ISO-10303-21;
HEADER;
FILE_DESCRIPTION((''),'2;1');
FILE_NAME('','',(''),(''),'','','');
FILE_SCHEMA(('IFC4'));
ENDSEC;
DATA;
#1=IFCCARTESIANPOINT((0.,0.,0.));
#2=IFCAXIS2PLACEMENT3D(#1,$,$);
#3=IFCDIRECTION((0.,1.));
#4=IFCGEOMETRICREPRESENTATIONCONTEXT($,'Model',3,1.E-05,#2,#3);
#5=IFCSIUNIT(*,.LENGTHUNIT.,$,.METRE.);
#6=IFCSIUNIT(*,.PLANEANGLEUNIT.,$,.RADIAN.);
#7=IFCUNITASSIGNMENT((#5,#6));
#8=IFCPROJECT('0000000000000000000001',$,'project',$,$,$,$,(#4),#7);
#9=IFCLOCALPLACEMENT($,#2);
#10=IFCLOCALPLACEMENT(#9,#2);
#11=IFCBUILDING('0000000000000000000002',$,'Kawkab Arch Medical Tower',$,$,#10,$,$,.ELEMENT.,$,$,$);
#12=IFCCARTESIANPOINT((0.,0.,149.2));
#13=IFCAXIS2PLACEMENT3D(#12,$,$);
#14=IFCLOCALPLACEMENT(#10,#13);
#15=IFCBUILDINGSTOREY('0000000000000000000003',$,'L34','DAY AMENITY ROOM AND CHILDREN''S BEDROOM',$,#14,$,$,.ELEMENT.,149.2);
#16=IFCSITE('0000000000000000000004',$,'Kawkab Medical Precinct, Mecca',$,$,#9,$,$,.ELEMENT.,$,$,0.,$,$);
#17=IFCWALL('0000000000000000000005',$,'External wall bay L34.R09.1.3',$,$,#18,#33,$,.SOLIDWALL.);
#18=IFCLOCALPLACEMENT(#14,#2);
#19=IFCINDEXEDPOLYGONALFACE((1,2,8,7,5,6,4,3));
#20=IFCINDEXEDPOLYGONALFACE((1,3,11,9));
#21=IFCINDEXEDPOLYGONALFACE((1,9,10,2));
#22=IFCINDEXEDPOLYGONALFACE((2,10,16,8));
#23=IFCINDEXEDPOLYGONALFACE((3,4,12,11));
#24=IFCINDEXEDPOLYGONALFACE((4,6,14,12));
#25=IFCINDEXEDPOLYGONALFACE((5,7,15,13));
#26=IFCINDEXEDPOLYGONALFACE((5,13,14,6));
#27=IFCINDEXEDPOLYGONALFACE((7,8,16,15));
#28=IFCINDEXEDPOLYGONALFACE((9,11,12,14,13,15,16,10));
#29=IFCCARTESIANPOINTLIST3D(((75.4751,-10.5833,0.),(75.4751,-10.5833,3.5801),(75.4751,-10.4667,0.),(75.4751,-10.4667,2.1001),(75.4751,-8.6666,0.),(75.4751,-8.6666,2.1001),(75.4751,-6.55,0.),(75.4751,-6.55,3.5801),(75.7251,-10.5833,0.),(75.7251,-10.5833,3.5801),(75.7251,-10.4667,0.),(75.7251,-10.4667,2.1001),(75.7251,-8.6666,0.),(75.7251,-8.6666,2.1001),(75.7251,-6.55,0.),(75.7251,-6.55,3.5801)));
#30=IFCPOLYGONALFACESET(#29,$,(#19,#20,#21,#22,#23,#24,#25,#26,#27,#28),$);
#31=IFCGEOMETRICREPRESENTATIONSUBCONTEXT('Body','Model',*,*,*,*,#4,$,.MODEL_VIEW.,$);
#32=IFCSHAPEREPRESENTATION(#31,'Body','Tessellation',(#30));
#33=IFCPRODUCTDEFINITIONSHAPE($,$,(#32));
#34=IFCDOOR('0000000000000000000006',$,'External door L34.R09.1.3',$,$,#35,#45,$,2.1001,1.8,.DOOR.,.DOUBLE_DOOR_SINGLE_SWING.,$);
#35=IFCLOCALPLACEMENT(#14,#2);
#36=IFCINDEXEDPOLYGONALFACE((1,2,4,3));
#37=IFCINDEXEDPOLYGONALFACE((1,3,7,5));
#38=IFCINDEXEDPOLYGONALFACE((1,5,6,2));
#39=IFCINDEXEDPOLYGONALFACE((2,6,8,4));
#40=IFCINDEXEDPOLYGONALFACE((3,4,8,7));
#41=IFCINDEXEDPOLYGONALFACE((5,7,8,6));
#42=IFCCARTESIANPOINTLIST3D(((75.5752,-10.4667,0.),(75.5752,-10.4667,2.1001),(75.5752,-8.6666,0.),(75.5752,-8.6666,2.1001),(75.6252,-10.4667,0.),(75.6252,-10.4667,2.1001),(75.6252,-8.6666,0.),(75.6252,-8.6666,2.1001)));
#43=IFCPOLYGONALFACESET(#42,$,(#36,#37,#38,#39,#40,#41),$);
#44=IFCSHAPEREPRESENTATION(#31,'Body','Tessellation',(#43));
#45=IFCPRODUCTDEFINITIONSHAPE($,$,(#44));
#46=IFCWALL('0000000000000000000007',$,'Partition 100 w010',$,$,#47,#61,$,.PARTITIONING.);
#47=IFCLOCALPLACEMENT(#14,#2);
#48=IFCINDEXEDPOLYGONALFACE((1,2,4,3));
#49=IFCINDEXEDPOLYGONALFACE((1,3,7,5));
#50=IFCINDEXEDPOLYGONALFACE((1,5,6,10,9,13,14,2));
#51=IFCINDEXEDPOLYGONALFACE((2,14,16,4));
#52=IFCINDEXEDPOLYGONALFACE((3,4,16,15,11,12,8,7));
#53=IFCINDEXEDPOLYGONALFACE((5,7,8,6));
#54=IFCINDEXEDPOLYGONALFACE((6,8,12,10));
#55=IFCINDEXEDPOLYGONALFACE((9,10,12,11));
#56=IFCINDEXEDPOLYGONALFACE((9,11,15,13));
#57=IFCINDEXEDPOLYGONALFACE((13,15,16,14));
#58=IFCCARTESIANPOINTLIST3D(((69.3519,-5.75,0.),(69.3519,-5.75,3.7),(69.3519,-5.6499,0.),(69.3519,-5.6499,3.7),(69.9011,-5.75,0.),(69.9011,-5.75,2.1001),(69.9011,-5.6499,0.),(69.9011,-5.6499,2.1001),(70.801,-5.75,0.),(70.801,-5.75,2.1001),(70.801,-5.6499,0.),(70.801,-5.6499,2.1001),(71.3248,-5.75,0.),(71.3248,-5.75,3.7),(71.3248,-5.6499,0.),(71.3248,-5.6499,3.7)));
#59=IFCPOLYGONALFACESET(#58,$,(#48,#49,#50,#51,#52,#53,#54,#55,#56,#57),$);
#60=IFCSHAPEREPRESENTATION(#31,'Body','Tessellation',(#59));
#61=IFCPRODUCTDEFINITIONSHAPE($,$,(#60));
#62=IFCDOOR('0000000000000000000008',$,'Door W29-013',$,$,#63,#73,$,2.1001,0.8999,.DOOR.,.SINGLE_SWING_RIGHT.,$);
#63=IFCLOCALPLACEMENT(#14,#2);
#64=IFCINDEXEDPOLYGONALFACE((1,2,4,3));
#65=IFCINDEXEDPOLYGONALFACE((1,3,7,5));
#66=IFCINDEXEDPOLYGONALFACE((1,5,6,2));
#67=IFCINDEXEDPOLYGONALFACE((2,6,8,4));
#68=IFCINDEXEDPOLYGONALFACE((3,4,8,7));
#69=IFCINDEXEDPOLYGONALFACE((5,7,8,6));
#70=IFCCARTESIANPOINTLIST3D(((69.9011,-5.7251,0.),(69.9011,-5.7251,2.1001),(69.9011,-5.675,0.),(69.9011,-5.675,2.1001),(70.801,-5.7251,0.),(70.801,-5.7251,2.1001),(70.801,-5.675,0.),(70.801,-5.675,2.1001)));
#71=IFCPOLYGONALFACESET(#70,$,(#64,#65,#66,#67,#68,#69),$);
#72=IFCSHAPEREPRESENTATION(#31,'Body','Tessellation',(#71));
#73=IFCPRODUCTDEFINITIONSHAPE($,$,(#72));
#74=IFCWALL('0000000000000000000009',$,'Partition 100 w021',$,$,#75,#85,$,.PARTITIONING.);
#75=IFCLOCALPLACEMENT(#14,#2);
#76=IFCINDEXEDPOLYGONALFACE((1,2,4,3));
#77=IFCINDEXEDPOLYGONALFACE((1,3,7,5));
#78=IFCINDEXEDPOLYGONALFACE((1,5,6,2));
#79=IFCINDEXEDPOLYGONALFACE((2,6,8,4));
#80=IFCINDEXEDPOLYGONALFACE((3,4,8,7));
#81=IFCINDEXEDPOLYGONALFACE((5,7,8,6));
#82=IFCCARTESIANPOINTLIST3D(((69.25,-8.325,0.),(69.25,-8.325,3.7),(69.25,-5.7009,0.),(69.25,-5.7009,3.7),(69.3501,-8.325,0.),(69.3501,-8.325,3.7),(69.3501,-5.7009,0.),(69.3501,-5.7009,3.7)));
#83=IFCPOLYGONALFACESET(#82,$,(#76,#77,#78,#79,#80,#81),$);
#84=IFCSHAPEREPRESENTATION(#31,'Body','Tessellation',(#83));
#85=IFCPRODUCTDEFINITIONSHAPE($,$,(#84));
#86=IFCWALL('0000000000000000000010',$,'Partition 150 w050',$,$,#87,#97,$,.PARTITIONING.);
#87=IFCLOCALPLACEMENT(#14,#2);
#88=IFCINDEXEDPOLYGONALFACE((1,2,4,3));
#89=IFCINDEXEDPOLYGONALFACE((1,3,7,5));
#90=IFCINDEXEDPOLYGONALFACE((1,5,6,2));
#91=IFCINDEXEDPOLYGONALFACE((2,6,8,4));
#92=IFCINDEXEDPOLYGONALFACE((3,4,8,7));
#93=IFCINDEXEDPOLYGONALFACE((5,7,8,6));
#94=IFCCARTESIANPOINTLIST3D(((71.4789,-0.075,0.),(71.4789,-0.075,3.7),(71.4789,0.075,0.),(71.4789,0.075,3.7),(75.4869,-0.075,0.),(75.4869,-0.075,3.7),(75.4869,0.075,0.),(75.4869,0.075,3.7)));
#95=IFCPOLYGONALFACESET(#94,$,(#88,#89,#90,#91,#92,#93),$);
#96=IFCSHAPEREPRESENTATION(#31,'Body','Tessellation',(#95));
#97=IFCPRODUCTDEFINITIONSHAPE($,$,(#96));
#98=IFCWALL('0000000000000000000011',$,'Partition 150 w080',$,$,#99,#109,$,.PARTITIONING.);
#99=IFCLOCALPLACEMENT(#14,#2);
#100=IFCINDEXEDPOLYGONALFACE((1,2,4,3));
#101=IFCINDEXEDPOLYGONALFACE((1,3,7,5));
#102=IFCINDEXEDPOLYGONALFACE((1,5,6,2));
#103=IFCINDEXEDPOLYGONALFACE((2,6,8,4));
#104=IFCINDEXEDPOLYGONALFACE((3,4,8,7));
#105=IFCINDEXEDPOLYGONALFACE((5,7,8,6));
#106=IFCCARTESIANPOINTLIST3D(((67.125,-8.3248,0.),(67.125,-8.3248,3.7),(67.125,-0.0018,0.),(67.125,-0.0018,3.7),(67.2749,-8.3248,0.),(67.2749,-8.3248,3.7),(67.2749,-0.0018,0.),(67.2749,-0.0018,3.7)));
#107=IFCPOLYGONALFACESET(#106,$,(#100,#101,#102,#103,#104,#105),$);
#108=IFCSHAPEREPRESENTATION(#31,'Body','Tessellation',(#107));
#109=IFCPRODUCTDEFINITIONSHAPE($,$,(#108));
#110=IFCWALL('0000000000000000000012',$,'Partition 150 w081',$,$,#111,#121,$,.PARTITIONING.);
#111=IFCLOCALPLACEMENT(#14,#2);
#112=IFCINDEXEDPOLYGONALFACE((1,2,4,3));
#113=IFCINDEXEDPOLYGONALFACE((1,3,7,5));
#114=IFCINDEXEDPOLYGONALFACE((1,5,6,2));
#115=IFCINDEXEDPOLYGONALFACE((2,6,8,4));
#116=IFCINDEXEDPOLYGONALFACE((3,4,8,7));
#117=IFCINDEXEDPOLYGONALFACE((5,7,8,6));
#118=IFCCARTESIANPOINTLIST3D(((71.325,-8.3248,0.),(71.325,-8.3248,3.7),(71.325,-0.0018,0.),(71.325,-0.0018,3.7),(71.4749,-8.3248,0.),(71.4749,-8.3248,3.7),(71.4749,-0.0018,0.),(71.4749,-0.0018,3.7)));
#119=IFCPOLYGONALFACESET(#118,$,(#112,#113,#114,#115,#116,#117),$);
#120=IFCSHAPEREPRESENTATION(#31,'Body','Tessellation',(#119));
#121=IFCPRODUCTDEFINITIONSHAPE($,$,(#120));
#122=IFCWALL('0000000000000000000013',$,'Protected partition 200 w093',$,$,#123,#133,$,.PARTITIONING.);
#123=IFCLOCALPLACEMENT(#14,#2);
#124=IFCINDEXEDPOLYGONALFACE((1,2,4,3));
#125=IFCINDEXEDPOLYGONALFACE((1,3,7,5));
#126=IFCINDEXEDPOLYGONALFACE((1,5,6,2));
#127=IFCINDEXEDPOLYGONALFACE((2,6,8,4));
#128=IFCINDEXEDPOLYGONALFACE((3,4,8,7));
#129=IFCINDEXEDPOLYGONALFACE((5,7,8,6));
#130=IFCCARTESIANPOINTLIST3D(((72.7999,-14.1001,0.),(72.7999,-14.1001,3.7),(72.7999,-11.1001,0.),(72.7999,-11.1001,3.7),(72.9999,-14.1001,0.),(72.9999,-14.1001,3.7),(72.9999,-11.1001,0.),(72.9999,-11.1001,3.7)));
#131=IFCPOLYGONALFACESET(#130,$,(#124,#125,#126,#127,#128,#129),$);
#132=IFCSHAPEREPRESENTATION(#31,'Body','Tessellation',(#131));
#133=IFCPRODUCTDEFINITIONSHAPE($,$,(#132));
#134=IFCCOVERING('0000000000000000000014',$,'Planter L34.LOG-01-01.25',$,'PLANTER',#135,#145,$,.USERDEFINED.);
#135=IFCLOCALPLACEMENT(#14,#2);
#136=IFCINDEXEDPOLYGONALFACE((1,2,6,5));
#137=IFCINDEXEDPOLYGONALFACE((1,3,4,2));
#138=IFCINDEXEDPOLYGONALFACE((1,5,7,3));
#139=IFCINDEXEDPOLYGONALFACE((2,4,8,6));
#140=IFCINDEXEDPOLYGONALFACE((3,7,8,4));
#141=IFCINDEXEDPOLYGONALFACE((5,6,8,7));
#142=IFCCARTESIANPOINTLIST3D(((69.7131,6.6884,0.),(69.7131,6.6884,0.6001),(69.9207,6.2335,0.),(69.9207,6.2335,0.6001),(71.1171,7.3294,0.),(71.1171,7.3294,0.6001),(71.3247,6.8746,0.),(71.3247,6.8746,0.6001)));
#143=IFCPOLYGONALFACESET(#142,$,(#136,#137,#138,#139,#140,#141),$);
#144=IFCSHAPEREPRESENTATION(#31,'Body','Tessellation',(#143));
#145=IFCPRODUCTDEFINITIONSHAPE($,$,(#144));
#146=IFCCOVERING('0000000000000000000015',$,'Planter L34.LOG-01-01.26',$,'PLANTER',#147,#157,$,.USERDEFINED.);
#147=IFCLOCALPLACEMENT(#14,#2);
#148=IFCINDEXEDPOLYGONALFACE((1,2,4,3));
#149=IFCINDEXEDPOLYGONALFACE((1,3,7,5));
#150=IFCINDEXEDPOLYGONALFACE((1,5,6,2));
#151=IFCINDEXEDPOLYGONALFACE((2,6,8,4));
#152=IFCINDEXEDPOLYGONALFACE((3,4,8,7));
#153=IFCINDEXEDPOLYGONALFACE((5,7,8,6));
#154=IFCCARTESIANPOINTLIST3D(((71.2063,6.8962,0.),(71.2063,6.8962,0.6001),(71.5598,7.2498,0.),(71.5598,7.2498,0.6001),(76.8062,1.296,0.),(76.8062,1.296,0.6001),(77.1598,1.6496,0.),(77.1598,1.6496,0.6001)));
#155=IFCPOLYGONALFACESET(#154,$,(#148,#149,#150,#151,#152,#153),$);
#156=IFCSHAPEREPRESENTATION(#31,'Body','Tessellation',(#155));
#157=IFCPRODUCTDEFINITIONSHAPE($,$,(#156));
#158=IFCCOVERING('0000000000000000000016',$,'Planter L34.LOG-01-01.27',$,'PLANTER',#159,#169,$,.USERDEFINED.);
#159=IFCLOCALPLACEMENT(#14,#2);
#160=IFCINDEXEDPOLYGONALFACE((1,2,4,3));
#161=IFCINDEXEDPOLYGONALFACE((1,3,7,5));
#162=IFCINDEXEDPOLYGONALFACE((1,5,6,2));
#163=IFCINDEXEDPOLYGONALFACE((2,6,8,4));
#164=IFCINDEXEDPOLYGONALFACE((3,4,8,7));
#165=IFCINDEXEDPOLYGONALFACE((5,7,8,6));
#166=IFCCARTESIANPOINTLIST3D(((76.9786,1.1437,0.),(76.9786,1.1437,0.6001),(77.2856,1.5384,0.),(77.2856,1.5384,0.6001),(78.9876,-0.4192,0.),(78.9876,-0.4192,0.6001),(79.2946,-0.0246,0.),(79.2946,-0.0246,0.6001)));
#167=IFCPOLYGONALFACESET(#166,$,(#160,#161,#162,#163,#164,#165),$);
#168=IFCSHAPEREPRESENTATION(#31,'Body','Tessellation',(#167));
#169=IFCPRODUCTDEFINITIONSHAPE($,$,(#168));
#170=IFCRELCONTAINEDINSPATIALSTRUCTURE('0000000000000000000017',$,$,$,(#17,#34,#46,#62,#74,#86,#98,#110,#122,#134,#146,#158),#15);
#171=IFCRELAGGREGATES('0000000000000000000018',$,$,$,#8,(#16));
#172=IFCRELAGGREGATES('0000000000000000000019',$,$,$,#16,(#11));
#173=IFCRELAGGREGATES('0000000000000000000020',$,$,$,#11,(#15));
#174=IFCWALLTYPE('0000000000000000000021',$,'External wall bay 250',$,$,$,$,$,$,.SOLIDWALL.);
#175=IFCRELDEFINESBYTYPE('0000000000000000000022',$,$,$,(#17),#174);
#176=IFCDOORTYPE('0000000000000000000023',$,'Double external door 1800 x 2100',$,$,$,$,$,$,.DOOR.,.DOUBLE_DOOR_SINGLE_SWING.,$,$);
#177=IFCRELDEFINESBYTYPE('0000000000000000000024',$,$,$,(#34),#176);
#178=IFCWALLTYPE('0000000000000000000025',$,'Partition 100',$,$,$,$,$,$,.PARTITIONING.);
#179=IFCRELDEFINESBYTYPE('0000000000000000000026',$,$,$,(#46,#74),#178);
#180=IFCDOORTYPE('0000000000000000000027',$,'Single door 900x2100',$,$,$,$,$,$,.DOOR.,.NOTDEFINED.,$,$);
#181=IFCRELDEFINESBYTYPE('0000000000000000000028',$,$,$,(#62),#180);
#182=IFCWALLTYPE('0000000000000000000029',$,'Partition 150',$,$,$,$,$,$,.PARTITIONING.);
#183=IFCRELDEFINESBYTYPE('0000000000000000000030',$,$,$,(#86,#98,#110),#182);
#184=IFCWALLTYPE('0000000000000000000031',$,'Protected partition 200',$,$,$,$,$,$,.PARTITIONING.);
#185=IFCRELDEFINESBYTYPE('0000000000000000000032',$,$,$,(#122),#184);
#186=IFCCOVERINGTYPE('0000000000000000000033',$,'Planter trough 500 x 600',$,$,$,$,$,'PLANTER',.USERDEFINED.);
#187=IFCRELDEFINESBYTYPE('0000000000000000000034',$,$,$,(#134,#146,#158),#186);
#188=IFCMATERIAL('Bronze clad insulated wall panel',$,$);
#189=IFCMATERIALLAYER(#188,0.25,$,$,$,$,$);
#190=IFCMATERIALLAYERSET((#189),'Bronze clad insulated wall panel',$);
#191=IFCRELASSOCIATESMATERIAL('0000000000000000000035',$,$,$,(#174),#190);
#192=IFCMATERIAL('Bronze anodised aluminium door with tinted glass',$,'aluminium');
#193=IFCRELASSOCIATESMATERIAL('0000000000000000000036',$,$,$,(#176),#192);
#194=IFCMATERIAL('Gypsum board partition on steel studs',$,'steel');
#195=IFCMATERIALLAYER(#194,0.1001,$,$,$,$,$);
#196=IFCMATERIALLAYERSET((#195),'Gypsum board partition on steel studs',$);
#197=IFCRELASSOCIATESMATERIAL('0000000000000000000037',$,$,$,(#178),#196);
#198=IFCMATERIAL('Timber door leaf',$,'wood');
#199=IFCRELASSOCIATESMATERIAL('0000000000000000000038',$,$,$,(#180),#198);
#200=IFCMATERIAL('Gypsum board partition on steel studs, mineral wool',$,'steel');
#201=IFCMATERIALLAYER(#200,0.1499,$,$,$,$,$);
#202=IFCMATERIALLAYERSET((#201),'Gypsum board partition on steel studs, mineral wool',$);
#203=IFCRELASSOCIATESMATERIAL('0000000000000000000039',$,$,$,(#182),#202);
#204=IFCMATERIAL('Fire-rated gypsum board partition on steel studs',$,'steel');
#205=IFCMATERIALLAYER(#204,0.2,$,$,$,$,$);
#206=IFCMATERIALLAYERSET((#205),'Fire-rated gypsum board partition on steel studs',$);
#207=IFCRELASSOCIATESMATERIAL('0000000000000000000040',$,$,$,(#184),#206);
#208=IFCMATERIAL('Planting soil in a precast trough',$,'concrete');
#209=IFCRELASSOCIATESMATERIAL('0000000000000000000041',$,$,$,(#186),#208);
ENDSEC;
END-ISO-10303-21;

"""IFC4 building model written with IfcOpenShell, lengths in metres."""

from ifc_helpers import new_model, si_unit, direction, frame, frame_2d, origin, origin_2d, place, context, subcontext, project, spatial, rectangle, extrude, material, layer, layer_set, material_profile, profile_set, type_object, element, fill, save


model = new_model("IFC4")

# Units and contexts
model_context = context("Model", 3, precision=1e-05, world=origin(), true_north=direction((0.0, 1.0)))
body_context = subcontext(model_context, "Body", "Model", "MODEL_VIEW")
ifc_project = project(units=[si_unit("LENGTHUNIT", "METRE"), si_unit("PLANEANGLEUNIT", "RADIAN")], contexts=[model_context])

# Site, building, storey
site_placement = place(None, origin())
site = spatial("IfcSite", under=ifc_project, at=site_placement, Name="Kawkab Medical Precinct, Mecca", CompositionType="ELEMENT", RefElevation=0.0)
building_placement = place(site_placement, origin())
building = spatial("IfcBuilding", under=site, at=building_placement, Name="Kawkab Arch Medical Tower", CompositionType="ELEMENT")
storey_placement = place(building_placement, frame((0.0, 0.0, 149.2)))
storey = spatial("IfcBuildingStorey", under=building, at=storey_placement, Name="L34", Description="DAY AMENITY ROOM AND CHILDREN'S BEDROOM", CompositionType="ELEMENT", Elevation=149.2)

# Walls, openings, doors
ifc_material_1 = material(Name="Bronze clad insulated wall panel")
ifc_layer_1 = layer(ifc_material_1, 0.25)
ifc_layer_set_1 = layer_set([ifc_layer_1], Name="Bronze clad insulated wall panel")
wall_type_1 = type_object("IfcWallType", Name="External wall bay 250", PredefinedType="SOLIDWALL", material=ifc_layer_set_1)
wall_1_placement = place(storey_placement, frame((75.6001, -10.5833, 0.0), z_axis=(0.0, 0.0, 1.0), x_axis=(0.0, 1.0, 0.0)))
wall_1 = element("IfcWall", 1, at=wall_1_placement, inside=storey, type_object=wall_type_1, Name="External wall bay L34.R09.1.3", PredefinedType="SOLIDWALL", context=body_context, shape_type="SweptSolid", body=[
    extrude(rectangle(XDim=4.0332, YDim=0.25, at=frame_2d((2.0166, 0.0))), origin(), (0.0, 0.0, 1.0), 3.5801),
])
opening_1_placement = place(wall_1_placement, frame((0.1167, 0.0, 0.0)))
opening_1 = element("IfcOpeningElement", 2, at=opening_1_placement, cuts=wall_1, PredefinedType="OPENING", context=body_context, shape_type="SweptSolid", body=[
    extrude(rectangle(XDim=1.8, YDim=2.1001, at=frame_2d((0.8999, 1.05))), frame((0.0, 0.135, 0.0), z_axis=(0.0, -1.0, 0.0), x_axis=(1.0, 0.0, 0.0)), (0.0, 0.0, 1.0), 0.27),
])
ifc_material_2 = material(Name="Bronze anodised aluminium door with tinted glass", Category="aluminium")
door_type_1 = type_object("IfcDoorType", Name="Double external door 1800 x 2100", OperationType="DOUBLE_DOOR_SINGLE_SWING", PredefinedType="DOOR", material=ifc_material_2)
door_1_placement = place(opening_1_placement, origin())
door_1 = element("IfcDoor", 3, at=door_1_placement, inside=storey, type_object=door_type_1, Name="External door L34.R09.1.3", OperationType="DOUBLE_DOOR_SINGLE_SWING", OverallHeight=2.1001, OverallWidth=1.8, PredefinedType="DOOR", context=body_context, shape_type="SweptSolid", body=[
    extrude(rectangle(XDim=1.8, YDim=2.1001, at=frame_2d((0.8999, 1.05))), frame((0.0, 0.0249, 0.0), z_axis=(0.0, -1.0, 0.0), x_axis=(1.0, 0.0, 0.0)), (0.0, 0.0, 1.0), 0.05),
])
fill(opening_1, door_1)
ifc_material_3 = material(Name="Gypsum board partition on steel studs", Category="steel")
ifc_layer_2 = layer(ifc_material_3, 0.1001)
ifc_layer_set_2 = layer_set([ifc_layer_2], Name="Gypsum board partition on steel studs")
wall_type_2 = type_object("IfcWallType", Name="Partition 100", PredefinedType="PARTITIONING", material=ifc_layer_set_2)
wall_2_placement = place(storey_placement, frame((69.3521, -5.7, 0.0), z_axis=(0.0, 0.0, 1.0), x_axis=(1.0, 0.0, 0.0)))
wall_2 = element("IfcWall", 4, at=wall_2_placement, inside=storey, type_object=wall_type_2, Name="Partition 100 w010", PredefinedType="PARTITIONING", context=body_context, shape_type="SweptSolid", body=[
    extrude(rectangle(XDim=1.9729, YDim=0.1001, at=frame_2d((0.9863, 0.0))), origin(), (0.0, 0.0, 1.0), 3.7),
])
opening_2_placement = place(wall_2_placement, frame((0.5491, 0.0, 0.0)))
opening_2 = element("IfcOpeningElement", 5, at=opening_2_placement, cuts=wall_2, PredefinedType="OPENING", context=body_context, shape_type="SweptSolid", body=[
    extrude(rectangle(XDim=0.8999, YDim=2.1001, at=frame_2d((0.45, 1.05))), frame((0.0, 0.0601, 0.0), z_axis=(0.0, -1.0, 0.0), x_axis=(1.0, 0.0, 0.0)), (0.0, 0.0, 1.0), 0.1201),
])
ifc_material_4 = material(Name="Timber door leaf", Category="wood")
door_type_2 = type_object("IfcDoorType", Name="Single door 900x2100", OperationType="NOTDEFINED", PredefinedType="DOOR", material=ifc_material_4)
door_2_placement = place(opening_2_placement, origin())
door_2 = element("IfcDoor", 6, at=door_2_placement, inside=storey, type_object=door_type_2, Name="Door W29-013", OperationType="SINGLE_SWING_RIGHT", OverallHeight=2.1001, OverallWidth=0.8999, PredefinedType="DOOR", context=body_context, shape_type="SweptSolid", body=[
    extrude(rectangle(XDim=0.8999, YDim=2.1001, at=frame_2d((0.45, 1.05))), frame((0.0, 0.0249, 0.0), z_axis=(0.0, -1.0, 0.0), x_axis=(1.0, 0.0, 0.0)), (0.0, 0.0, 1.0), 0.05),
])
fill(opening_2, door_2)

# Walls
wall_3_placement = place(storey_placement, frame((69.3, -8.325, 0.0), z_axis=(0.0, 0.0, 1.0), x_axis=(0.0, 1.0, 0.0)))
element("IfcWall", 7, at=wall_3_placement, inside=storey, type_object=wall_type_2, Name="Partition 100 w021", PredefinedType="PARTITIONING", context=body_context, shape_type="SweptSolid", body=[
    extrude(rectangle(XDim=2.624, YDim=0.1001, at=frame_2d((1.312, 0.0))), origin(), (0.0, 0.0, 1.0), 3.7),
])
ifc_material_5 = material(Name="Gypsum board partition on steel studs, mineral wool", Category="steel")
ifc_layer_3 = layer(ifc_material_5, 0.1499)
ifc_layer_set_3 = layer_set([ifc_layer_3], Name="Gypsum board partition on steel studs, mineral wool")
wall_type_3 = type_object("IfcWallType", Name="Partition 150", PredefinedType="PARTITIONING", material=ifc_layer_set_3)
wall_4_placement = place(storey_placement, frame((71.479, 0.0, 0.0), z_axis=(0.0, 0.0, 1.0), x_axis=(1.0, 0.0, 0.0)))
element("IfcWall", 8, at=wall_4_placement, inside=storey, type_object=wall_type_3, Name="Partition 150 w050", PredefinedType="PARTITIONING", context=body_context, shape_type="SweptSolid", body=[
    extrude(rectangle(XDim=4.0081, YDim=0.1499, at=frame_2d((2.0039, 0.0))), origin(), (0.0, 0.0, 1.0), 3.7),
])
for number, where, z_axis, x_axis, name in (
    (9, (67.2, -8.325, 0.0), (0.0, 0.0, 1.0), (0.0, 1.0, 0.0), "Partition 150 w080"),
    (10, (71.3999, -8.325, 0.0), (0.0, 0.0, 1.0), (0.0, 1.0, 0.0), "Partition 150 w081"),
):
    element("IfcWall", number, at=place(storey_placement, frame(where, z_axis=z_axis, x_axis=x_axis)), inside=storey, type_object=wall_type_3, Name=name, PredefinedType="PARTITIONING", context=body_context, shape_type="SweptSolid", body=[
        extrude(rectangle(XDim=8.323, YDim=0.1499, at=frame_2d((4.1616, 0.0))), origin(), (0.0, 0.0, 1.0), 3.7),
    ])
ifc_material_6 = material(Name="Fire-rated gypsum board partition on steel studs", Category="steel")
ifc_layer_4 = layer(ifc_material_6, 0.2)
ifc_layer_set_4 = layer_set([ifc_layer_4], Name="Fire-rated gypsum board partition on steel studs")
wall_type_4 = type_object("IfcWallType", Name="Protected partition 200", PredefinedType="PARTITIONING", material=ifc_layer_set_4)
wall_5_placement = place(storey_placement, frame((72.8999, -14.1001, 0.0), z_axis=(0.0, 0.0, 1.0), x_axis=(0.0, 1.0, 0.0)))
element("IfcWall", 11, at=wall_5_placement, inside=storey, type_object=wall_type_4, Name="Protected partition 200 w093", PredefinedType="PARTITIONING", context=body_context, shape_type="SweptSolid", body=[
    extrude(rectangle(XDim=3.0, YDim=0.2, at=frame_2d((1.5, 0.0))), origin(), (0.0, 0.0, 1.0), 3.7),
])

# Coverings
ifc_material_7 = material(Name="Planting soil in a precast trough", Category="concrete")
ifc_material_profile_1 = material_profile(ifc_material_7, rectangle(XDim=0.5, YDim=0.6001, at=origin_2d()), Name="Trough 500x600")
ifc_profile_set_1 = profile_set([ifc_material_profile_1], Name="Planting soil in a precast trough")
covering_type = type_object("IfcCoveringType", Name="Planter trough 500 x 600", ElementType="PLANTER", PredefinedType="USERDEFINED", material=ifc_profile_set_1)
covering_1_placement = place(storey_placement, frame((69.8169, 6.4609, 0.3), z_axis=(0.909656, 0.415363, 0.0), x_axis=(-0.415363, 0.909656, 0.0)))
element("IfcCovering", 12, at=covering_1_placement, inside=storey, type_object=covering_type, Name="Planter L34.LOG-01-01.25", ObjectType="PLANTER", PredefinedType="USERDEFINED", context=body_context, shape_type="SweptSolid", body=[
    extrude(rectangle(XDim=0.5, YDim=0.6001, at=origin_2d()), origin(), (0.0, 0.0, 1.0), 1.5435),
])
covering_2_placement = place(storey_placement, frame((71.3831, 7.073, 0.3), z_axis=(0.707091, -0.707122, 0.0), x_axis=(0.707122, 0.707091, 0.0)))
element("IfcCovering", 13, at=covering_2_placement, inside=storey, type_object=covering_type, Name="Planter L34.LOG-01-01.26", ObjectType="PLANTER", PredefinedType="USERDEFINED", context=body_context, shape_type="SweptSolid", body=[
    extrude(rectangle(XDim=0.5, YDim=0.6001, at=origin_2d()), origin(), (0.0, 0.0, 1.0), 7.9197),
])
covering_3_placement = place(storey_placement, frame((77.1321, 1.3411, 0.3), z_axis=(0.789275, -0.61404, 0.0), x_axis=(0.61404, 0.789275, 0.0)))
element("IfcCovering", 14, at=covering_3_placement, inside=storey, type_object=covering_type, Name="Planter L34.LOG-01-01.27", ObjectType="PLANTER", PredefinedType="USERDEFINED", context=body_context, shape_type="SweptSolid", body=[
    extrude(rectangle(XDim=0.5, YDim=0.6001, at=origin_2d()), origin(), (0.0, 0.0, 1.0), 2.5454),
])

save(model, "model.ifc")
